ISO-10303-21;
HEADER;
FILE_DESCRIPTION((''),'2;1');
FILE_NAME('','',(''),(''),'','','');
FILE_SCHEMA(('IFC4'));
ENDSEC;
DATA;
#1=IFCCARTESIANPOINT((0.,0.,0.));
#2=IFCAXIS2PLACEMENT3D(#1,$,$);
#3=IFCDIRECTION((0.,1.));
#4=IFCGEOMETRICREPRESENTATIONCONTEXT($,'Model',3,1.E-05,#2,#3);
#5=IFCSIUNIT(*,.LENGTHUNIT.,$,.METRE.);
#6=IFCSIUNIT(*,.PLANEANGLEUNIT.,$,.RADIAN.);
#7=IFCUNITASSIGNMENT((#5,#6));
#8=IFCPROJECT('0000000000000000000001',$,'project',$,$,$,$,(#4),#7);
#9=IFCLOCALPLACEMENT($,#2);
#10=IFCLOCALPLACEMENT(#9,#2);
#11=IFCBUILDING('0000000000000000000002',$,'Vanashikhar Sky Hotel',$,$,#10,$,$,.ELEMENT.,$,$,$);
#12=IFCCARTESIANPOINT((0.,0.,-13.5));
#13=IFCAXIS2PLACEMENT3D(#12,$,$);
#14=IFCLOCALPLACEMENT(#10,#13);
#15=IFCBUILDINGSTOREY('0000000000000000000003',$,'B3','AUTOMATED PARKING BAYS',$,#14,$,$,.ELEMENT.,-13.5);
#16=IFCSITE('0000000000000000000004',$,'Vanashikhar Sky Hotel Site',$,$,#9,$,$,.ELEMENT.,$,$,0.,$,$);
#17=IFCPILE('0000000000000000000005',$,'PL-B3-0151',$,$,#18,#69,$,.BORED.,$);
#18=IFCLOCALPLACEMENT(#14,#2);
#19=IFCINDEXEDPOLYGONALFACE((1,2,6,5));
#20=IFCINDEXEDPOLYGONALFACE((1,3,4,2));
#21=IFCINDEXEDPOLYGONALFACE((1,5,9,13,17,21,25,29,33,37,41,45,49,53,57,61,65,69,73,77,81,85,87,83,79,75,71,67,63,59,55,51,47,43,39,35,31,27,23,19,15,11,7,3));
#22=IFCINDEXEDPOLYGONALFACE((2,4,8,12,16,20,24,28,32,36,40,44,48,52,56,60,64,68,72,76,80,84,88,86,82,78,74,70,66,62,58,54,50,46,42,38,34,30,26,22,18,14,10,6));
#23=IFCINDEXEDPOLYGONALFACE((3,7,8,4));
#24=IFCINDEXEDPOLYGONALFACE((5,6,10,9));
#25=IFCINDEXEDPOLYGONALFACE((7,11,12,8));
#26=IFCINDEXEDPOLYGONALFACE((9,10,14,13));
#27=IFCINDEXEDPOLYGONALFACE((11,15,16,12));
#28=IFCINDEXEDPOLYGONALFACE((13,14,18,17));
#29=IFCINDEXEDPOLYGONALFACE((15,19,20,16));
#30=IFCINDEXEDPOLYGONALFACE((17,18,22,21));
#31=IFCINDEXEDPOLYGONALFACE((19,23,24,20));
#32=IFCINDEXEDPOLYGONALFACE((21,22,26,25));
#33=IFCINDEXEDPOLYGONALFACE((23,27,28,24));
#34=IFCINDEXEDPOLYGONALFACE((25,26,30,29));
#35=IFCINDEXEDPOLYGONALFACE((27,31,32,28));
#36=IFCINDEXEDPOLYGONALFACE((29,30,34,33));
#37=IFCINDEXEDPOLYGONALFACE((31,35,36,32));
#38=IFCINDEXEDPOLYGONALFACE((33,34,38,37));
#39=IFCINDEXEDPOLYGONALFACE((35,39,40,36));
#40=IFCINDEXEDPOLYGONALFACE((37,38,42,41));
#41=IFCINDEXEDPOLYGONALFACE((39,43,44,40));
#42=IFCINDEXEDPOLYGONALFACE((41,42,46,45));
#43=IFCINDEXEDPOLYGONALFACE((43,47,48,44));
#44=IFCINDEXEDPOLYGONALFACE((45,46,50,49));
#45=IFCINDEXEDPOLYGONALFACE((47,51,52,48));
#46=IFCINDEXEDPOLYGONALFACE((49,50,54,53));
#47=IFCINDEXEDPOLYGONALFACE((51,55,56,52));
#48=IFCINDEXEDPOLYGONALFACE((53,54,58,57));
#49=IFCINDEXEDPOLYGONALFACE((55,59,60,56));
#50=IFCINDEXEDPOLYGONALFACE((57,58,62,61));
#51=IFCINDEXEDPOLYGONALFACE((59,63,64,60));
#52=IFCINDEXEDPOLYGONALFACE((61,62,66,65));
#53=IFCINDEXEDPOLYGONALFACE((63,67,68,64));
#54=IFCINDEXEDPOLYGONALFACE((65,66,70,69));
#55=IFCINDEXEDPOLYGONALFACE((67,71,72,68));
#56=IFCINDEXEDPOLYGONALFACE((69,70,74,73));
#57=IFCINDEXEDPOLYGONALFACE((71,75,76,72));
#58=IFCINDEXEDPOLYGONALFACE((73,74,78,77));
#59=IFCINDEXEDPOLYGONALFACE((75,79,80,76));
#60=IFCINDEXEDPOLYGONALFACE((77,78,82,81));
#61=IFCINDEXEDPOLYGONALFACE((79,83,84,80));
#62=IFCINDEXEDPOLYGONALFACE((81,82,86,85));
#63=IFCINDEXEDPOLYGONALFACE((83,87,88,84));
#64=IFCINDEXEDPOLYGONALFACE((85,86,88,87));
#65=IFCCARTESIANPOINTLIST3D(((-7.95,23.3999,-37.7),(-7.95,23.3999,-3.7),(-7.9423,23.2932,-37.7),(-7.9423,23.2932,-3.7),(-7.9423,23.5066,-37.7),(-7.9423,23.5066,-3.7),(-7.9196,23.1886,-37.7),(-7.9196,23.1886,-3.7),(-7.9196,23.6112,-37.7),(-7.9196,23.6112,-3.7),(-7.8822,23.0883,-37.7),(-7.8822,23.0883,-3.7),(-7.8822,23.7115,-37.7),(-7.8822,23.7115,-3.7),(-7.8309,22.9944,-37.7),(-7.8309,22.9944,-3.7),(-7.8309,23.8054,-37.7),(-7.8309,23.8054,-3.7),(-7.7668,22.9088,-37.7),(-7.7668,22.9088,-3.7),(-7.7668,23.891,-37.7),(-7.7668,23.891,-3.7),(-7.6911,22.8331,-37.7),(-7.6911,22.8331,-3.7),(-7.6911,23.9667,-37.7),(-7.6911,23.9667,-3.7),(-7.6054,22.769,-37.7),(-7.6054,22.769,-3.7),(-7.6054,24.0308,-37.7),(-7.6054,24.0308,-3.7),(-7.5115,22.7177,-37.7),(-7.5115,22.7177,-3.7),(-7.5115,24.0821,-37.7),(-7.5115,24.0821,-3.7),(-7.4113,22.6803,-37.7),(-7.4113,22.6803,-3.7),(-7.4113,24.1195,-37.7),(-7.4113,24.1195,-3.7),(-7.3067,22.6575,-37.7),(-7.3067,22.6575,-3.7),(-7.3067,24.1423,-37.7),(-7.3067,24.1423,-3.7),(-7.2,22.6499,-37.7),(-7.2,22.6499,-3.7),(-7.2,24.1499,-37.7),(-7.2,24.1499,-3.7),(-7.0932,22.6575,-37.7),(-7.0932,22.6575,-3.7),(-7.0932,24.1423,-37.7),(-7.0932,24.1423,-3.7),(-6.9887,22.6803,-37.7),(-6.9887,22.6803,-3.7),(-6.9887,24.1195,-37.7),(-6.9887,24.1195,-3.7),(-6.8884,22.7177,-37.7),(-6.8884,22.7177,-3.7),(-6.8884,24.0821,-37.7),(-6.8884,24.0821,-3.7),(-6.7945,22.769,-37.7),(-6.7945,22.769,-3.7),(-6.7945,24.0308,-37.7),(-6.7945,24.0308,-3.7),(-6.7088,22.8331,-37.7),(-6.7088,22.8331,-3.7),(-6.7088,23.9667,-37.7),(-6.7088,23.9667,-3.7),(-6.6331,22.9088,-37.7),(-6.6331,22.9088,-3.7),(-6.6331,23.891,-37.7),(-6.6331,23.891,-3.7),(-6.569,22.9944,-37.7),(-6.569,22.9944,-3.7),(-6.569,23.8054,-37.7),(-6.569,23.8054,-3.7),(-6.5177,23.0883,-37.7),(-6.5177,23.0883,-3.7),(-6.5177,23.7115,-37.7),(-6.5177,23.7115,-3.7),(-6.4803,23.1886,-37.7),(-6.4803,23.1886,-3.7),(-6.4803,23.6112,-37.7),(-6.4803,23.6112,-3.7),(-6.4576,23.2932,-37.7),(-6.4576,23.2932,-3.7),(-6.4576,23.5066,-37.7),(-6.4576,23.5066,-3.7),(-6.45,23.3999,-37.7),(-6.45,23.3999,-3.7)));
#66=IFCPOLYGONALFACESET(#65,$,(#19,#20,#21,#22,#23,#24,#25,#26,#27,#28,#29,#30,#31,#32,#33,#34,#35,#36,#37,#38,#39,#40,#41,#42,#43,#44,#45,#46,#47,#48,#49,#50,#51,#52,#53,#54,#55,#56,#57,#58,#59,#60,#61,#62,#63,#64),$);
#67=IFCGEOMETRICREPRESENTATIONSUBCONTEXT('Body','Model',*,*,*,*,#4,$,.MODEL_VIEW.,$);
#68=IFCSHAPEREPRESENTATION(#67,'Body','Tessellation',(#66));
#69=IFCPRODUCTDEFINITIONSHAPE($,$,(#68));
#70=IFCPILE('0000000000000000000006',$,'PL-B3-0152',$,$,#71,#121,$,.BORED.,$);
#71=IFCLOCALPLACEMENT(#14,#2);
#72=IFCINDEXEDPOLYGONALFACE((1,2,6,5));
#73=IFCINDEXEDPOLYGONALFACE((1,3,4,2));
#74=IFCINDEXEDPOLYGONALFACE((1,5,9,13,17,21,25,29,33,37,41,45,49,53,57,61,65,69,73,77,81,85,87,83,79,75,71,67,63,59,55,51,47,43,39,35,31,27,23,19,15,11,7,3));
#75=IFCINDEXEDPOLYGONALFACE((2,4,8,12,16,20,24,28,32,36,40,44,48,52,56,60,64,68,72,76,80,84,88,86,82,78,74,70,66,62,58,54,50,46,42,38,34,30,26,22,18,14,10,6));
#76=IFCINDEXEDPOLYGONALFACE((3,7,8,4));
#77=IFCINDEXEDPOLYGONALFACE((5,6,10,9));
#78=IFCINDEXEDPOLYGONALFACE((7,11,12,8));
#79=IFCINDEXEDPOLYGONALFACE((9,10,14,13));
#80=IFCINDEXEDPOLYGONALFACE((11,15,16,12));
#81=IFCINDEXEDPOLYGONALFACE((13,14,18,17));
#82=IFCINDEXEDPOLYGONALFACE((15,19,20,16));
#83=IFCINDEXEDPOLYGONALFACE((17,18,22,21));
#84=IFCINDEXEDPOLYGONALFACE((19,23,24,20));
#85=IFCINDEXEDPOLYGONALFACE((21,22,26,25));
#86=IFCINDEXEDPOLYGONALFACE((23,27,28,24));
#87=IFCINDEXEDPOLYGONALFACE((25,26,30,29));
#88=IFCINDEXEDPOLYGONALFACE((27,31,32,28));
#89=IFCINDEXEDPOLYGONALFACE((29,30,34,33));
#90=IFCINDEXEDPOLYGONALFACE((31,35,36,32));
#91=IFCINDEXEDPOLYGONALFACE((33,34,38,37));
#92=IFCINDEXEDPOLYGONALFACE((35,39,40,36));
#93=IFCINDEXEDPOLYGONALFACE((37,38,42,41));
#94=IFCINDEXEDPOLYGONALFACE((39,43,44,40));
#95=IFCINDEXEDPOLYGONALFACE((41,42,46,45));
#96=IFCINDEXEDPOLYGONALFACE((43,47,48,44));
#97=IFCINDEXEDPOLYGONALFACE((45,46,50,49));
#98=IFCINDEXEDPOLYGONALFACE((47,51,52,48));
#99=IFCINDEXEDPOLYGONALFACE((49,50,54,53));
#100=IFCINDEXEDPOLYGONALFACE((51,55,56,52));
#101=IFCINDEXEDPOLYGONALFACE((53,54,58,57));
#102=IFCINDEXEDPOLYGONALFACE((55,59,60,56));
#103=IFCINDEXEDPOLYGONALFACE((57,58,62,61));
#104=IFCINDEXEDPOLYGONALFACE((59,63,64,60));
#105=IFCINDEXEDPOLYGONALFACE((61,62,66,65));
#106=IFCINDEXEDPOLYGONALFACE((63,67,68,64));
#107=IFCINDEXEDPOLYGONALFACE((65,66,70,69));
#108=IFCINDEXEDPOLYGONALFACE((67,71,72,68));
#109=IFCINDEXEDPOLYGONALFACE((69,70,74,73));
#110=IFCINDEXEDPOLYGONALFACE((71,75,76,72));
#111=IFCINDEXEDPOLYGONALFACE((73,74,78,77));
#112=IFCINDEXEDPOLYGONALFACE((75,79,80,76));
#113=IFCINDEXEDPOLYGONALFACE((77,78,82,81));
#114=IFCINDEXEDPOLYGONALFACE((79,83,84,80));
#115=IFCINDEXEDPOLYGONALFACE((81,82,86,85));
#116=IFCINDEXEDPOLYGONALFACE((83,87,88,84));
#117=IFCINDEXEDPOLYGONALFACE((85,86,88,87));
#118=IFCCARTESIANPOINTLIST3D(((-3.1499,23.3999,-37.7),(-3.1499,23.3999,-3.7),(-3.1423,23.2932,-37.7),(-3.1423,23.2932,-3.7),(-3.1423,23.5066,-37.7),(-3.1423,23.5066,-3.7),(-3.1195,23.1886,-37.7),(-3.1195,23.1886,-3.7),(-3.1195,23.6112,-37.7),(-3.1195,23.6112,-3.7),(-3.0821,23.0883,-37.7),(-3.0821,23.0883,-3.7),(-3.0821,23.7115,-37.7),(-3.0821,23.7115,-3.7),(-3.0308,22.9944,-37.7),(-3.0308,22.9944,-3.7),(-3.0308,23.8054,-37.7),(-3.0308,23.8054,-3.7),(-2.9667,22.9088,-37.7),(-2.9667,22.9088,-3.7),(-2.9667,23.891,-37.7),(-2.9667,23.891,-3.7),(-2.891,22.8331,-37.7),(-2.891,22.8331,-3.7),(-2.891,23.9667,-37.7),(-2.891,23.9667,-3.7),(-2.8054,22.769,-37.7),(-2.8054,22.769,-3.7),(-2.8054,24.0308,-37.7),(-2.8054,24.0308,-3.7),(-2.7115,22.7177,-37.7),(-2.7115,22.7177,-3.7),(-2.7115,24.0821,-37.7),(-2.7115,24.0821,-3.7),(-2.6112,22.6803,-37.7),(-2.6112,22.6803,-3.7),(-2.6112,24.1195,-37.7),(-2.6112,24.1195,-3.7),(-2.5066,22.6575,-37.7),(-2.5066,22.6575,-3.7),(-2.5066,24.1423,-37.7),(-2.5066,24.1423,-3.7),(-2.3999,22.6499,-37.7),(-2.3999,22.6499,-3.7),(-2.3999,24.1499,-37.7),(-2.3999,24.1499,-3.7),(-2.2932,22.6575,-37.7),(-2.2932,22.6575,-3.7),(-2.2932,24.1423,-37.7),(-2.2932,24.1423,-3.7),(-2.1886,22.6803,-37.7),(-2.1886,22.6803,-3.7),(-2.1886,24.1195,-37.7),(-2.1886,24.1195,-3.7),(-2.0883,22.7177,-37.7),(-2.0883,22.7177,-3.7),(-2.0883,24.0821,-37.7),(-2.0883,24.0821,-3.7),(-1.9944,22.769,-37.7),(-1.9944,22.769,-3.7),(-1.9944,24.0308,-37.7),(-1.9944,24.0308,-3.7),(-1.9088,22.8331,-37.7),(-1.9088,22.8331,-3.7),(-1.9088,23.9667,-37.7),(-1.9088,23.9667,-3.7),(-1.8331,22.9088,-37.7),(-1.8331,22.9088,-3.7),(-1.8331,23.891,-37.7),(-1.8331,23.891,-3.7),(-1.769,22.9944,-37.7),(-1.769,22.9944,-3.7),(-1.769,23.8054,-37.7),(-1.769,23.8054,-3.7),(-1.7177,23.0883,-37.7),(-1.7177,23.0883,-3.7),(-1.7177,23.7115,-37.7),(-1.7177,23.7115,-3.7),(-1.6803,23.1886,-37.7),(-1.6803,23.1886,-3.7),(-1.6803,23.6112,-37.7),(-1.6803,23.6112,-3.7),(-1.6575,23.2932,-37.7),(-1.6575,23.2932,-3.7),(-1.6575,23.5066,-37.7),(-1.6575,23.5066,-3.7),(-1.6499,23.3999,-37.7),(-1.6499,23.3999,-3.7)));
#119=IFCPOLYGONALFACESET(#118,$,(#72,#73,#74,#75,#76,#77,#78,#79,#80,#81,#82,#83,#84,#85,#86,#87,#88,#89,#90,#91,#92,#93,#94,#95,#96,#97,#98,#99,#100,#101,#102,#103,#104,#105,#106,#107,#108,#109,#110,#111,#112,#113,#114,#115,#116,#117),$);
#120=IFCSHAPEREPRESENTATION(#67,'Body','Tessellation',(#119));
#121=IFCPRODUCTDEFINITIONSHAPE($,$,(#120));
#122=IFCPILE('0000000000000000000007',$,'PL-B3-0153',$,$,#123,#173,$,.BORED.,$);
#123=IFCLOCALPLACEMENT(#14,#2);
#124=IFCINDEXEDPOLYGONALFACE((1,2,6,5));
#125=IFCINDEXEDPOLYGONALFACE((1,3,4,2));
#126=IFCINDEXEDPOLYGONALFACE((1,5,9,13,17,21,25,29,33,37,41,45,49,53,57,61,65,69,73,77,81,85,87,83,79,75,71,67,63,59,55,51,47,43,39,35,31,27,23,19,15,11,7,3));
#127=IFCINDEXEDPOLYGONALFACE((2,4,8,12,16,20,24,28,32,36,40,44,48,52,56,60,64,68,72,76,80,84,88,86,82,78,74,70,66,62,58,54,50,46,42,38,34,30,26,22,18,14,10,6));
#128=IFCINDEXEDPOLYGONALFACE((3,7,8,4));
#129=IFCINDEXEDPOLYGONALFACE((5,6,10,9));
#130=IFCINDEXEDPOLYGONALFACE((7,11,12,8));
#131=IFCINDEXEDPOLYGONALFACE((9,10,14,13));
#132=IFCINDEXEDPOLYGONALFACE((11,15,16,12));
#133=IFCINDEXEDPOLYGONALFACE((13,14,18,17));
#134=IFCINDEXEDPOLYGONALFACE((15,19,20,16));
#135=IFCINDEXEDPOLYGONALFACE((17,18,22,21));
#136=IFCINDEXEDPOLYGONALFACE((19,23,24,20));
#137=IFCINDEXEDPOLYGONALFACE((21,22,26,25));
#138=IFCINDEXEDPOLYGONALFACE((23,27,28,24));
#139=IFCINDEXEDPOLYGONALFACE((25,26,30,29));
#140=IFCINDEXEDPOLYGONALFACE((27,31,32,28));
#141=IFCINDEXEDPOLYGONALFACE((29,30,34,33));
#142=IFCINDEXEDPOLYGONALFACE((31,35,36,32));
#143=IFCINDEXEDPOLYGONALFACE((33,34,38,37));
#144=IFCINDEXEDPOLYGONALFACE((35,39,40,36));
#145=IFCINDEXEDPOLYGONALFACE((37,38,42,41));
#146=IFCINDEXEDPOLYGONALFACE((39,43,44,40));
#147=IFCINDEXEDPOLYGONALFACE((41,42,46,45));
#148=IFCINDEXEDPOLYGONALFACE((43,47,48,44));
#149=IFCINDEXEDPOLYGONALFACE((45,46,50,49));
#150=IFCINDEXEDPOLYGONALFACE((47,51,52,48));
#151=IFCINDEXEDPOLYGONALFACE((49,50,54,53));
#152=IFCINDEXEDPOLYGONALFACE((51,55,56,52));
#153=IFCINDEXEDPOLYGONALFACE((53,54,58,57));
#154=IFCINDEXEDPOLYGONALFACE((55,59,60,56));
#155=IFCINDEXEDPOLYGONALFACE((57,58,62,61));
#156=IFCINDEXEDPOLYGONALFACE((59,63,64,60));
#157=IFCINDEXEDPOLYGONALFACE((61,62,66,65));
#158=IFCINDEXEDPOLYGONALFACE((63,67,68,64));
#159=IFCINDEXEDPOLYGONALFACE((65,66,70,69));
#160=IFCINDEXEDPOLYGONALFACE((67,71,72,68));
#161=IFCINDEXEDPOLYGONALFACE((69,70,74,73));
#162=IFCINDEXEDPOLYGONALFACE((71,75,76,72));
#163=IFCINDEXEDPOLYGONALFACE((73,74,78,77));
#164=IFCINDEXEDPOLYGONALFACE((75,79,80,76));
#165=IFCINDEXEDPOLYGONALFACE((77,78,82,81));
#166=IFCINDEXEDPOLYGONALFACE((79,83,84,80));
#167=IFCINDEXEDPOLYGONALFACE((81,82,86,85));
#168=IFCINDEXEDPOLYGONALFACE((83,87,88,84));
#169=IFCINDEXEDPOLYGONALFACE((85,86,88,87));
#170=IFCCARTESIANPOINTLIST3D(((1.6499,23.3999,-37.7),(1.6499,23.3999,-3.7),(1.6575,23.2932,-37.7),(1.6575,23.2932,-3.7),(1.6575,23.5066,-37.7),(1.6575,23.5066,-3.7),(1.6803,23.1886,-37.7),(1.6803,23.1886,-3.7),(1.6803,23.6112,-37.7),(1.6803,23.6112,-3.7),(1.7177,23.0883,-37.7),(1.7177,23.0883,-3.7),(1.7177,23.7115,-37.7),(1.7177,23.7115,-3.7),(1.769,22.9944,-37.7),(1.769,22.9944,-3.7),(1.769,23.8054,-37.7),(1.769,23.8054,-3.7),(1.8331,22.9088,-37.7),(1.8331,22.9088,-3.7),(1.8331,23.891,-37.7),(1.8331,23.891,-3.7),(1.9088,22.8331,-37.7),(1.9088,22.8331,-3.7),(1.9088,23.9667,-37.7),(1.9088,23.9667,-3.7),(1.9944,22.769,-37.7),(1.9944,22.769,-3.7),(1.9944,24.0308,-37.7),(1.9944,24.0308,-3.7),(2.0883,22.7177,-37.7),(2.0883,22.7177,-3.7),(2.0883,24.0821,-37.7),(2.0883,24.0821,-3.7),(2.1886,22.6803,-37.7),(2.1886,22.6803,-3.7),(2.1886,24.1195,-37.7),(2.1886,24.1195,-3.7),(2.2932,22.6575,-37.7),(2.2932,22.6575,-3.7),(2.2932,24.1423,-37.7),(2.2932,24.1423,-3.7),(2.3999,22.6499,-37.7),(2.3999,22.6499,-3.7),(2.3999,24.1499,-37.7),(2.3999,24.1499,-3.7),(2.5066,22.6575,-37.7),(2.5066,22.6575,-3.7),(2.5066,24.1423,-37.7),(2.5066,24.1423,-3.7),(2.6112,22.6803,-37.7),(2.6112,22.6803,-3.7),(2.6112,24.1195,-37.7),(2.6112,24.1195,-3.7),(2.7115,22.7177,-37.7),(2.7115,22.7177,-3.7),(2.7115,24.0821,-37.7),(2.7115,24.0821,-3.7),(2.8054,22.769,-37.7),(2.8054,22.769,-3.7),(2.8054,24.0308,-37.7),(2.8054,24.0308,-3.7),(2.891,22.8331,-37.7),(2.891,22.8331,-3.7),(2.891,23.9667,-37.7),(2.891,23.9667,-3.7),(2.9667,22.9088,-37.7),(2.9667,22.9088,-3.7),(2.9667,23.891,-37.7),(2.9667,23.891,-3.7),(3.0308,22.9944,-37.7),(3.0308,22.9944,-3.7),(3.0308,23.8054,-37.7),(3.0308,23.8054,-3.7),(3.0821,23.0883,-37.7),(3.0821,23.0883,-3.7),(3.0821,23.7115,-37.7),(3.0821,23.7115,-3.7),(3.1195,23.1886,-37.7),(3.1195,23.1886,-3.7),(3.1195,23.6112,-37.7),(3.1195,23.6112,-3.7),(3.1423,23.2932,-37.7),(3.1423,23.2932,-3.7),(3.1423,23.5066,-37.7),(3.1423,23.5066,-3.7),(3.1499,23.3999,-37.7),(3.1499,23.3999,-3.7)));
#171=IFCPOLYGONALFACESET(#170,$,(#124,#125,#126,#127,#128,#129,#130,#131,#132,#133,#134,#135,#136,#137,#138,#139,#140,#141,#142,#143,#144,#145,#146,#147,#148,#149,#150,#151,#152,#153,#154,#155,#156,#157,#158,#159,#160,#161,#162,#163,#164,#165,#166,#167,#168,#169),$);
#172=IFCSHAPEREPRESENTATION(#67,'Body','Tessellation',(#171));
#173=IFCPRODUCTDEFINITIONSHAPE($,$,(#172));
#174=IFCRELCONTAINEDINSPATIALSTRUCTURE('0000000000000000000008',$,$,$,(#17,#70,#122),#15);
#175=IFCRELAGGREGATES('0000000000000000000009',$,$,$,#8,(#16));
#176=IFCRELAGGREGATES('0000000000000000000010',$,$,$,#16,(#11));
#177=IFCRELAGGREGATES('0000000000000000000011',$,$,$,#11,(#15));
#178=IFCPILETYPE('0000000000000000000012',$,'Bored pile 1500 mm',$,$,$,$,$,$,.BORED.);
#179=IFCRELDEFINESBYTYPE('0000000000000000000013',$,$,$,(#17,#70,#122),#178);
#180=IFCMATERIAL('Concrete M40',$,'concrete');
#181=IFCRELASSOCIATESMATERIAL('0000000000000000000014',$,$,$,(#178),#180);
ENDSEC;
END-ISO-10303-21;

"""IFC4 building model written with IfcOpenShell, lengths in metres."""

from ifc_helpers import new_model, si_unit, direction, frame, origin, origin_2d, place, context, subcontext, project, spatial, circle, extrude, source, transform, mapped, material, type_object, element, save


model = new_model("IFC4")

# Units and contexts
model_context = context("Model", 3, precision=1e-05, world=origin(), true_north=direction((0.0, 1.0)))
body_context = subcontext(model_context, "Body", "Model", "MODEL_VIEW")
ifc_project = project(units=[si_unit("LENGTHUNIT", "METRE"), si_unit("PLANEANGLEUNIT", "RADIAN")], contexts=[model_context])

# Site, building, storey
site_placement = place(None, origin())
site = spatial("IfcSite", under=ifc_project, at=site_placement, Name="Vanashikhar Sky Hotel Site", CompositionType="ELEMENT", RefElevation=0.0)
building_placement = place(site_placement, origin())
building = spatial("IfcBuilding", under=site, at=building_placement, Name="Vanashikhar Sky Hotel", CompositionType="ELEMENT")
storey_placement = place(building_placement, frame((0.0, 0.0, -13.5)))
storey = spatial("IfcBuildingStorey", under=building, at=storey_placement, Name="B3", Description="AUTOMATED PARKING BAYS", CompositionType="ELEMENT", Elevation=-13.5)

# Piles
ifc_material_1 = material(Name="Concrete M40", Category="concrete")
pile_type_1 = type_object("IfcPileType", Name="Bored pile 1500 mm", PredefinedType="BORED", material=ifc_material_1)
shared_shape_1 = source(origin(), body_context, "Body", "SweptSolid", [
    extrude(circle(Radius=0.75, at=origin_2d()), origin(), (0.0, 0.0, 1.0), 34.0),
])
for number, where, z_axis, x_axis, name in (
    (1, (-7.2, 23.3999, -3.7), (0.0, 0.0, -1.0), (1.0, 0.0, 0.0), "PL-B3-0151"),
    (2, (-2.3999, 23.3999, -3.7), (0.0, 0.0, -1.0), (1.0, 0.0, 0.0), "PL-B3-0152"),
    (3, (2.3999, 23.3999, -3.7), (0.0, 0.0, -1.0), (1.0, 0.0, 0.0), "PL-B3-0153"),
):
    element("IfcPile", number, at=place(storey_placement, frame(where, z_axis=z_axis, x_axis=x_axis)), inside=storey, type_object=pile_type_1, Name=name, PredefinedType="BORED", context=body_context, shape_type="MappedRepresentation", body=[
        mapped(shared_shape_1, transform((0.0, 0.0, 0.0), scale=1.0)),
    ])

save(model, "model.ifc")
